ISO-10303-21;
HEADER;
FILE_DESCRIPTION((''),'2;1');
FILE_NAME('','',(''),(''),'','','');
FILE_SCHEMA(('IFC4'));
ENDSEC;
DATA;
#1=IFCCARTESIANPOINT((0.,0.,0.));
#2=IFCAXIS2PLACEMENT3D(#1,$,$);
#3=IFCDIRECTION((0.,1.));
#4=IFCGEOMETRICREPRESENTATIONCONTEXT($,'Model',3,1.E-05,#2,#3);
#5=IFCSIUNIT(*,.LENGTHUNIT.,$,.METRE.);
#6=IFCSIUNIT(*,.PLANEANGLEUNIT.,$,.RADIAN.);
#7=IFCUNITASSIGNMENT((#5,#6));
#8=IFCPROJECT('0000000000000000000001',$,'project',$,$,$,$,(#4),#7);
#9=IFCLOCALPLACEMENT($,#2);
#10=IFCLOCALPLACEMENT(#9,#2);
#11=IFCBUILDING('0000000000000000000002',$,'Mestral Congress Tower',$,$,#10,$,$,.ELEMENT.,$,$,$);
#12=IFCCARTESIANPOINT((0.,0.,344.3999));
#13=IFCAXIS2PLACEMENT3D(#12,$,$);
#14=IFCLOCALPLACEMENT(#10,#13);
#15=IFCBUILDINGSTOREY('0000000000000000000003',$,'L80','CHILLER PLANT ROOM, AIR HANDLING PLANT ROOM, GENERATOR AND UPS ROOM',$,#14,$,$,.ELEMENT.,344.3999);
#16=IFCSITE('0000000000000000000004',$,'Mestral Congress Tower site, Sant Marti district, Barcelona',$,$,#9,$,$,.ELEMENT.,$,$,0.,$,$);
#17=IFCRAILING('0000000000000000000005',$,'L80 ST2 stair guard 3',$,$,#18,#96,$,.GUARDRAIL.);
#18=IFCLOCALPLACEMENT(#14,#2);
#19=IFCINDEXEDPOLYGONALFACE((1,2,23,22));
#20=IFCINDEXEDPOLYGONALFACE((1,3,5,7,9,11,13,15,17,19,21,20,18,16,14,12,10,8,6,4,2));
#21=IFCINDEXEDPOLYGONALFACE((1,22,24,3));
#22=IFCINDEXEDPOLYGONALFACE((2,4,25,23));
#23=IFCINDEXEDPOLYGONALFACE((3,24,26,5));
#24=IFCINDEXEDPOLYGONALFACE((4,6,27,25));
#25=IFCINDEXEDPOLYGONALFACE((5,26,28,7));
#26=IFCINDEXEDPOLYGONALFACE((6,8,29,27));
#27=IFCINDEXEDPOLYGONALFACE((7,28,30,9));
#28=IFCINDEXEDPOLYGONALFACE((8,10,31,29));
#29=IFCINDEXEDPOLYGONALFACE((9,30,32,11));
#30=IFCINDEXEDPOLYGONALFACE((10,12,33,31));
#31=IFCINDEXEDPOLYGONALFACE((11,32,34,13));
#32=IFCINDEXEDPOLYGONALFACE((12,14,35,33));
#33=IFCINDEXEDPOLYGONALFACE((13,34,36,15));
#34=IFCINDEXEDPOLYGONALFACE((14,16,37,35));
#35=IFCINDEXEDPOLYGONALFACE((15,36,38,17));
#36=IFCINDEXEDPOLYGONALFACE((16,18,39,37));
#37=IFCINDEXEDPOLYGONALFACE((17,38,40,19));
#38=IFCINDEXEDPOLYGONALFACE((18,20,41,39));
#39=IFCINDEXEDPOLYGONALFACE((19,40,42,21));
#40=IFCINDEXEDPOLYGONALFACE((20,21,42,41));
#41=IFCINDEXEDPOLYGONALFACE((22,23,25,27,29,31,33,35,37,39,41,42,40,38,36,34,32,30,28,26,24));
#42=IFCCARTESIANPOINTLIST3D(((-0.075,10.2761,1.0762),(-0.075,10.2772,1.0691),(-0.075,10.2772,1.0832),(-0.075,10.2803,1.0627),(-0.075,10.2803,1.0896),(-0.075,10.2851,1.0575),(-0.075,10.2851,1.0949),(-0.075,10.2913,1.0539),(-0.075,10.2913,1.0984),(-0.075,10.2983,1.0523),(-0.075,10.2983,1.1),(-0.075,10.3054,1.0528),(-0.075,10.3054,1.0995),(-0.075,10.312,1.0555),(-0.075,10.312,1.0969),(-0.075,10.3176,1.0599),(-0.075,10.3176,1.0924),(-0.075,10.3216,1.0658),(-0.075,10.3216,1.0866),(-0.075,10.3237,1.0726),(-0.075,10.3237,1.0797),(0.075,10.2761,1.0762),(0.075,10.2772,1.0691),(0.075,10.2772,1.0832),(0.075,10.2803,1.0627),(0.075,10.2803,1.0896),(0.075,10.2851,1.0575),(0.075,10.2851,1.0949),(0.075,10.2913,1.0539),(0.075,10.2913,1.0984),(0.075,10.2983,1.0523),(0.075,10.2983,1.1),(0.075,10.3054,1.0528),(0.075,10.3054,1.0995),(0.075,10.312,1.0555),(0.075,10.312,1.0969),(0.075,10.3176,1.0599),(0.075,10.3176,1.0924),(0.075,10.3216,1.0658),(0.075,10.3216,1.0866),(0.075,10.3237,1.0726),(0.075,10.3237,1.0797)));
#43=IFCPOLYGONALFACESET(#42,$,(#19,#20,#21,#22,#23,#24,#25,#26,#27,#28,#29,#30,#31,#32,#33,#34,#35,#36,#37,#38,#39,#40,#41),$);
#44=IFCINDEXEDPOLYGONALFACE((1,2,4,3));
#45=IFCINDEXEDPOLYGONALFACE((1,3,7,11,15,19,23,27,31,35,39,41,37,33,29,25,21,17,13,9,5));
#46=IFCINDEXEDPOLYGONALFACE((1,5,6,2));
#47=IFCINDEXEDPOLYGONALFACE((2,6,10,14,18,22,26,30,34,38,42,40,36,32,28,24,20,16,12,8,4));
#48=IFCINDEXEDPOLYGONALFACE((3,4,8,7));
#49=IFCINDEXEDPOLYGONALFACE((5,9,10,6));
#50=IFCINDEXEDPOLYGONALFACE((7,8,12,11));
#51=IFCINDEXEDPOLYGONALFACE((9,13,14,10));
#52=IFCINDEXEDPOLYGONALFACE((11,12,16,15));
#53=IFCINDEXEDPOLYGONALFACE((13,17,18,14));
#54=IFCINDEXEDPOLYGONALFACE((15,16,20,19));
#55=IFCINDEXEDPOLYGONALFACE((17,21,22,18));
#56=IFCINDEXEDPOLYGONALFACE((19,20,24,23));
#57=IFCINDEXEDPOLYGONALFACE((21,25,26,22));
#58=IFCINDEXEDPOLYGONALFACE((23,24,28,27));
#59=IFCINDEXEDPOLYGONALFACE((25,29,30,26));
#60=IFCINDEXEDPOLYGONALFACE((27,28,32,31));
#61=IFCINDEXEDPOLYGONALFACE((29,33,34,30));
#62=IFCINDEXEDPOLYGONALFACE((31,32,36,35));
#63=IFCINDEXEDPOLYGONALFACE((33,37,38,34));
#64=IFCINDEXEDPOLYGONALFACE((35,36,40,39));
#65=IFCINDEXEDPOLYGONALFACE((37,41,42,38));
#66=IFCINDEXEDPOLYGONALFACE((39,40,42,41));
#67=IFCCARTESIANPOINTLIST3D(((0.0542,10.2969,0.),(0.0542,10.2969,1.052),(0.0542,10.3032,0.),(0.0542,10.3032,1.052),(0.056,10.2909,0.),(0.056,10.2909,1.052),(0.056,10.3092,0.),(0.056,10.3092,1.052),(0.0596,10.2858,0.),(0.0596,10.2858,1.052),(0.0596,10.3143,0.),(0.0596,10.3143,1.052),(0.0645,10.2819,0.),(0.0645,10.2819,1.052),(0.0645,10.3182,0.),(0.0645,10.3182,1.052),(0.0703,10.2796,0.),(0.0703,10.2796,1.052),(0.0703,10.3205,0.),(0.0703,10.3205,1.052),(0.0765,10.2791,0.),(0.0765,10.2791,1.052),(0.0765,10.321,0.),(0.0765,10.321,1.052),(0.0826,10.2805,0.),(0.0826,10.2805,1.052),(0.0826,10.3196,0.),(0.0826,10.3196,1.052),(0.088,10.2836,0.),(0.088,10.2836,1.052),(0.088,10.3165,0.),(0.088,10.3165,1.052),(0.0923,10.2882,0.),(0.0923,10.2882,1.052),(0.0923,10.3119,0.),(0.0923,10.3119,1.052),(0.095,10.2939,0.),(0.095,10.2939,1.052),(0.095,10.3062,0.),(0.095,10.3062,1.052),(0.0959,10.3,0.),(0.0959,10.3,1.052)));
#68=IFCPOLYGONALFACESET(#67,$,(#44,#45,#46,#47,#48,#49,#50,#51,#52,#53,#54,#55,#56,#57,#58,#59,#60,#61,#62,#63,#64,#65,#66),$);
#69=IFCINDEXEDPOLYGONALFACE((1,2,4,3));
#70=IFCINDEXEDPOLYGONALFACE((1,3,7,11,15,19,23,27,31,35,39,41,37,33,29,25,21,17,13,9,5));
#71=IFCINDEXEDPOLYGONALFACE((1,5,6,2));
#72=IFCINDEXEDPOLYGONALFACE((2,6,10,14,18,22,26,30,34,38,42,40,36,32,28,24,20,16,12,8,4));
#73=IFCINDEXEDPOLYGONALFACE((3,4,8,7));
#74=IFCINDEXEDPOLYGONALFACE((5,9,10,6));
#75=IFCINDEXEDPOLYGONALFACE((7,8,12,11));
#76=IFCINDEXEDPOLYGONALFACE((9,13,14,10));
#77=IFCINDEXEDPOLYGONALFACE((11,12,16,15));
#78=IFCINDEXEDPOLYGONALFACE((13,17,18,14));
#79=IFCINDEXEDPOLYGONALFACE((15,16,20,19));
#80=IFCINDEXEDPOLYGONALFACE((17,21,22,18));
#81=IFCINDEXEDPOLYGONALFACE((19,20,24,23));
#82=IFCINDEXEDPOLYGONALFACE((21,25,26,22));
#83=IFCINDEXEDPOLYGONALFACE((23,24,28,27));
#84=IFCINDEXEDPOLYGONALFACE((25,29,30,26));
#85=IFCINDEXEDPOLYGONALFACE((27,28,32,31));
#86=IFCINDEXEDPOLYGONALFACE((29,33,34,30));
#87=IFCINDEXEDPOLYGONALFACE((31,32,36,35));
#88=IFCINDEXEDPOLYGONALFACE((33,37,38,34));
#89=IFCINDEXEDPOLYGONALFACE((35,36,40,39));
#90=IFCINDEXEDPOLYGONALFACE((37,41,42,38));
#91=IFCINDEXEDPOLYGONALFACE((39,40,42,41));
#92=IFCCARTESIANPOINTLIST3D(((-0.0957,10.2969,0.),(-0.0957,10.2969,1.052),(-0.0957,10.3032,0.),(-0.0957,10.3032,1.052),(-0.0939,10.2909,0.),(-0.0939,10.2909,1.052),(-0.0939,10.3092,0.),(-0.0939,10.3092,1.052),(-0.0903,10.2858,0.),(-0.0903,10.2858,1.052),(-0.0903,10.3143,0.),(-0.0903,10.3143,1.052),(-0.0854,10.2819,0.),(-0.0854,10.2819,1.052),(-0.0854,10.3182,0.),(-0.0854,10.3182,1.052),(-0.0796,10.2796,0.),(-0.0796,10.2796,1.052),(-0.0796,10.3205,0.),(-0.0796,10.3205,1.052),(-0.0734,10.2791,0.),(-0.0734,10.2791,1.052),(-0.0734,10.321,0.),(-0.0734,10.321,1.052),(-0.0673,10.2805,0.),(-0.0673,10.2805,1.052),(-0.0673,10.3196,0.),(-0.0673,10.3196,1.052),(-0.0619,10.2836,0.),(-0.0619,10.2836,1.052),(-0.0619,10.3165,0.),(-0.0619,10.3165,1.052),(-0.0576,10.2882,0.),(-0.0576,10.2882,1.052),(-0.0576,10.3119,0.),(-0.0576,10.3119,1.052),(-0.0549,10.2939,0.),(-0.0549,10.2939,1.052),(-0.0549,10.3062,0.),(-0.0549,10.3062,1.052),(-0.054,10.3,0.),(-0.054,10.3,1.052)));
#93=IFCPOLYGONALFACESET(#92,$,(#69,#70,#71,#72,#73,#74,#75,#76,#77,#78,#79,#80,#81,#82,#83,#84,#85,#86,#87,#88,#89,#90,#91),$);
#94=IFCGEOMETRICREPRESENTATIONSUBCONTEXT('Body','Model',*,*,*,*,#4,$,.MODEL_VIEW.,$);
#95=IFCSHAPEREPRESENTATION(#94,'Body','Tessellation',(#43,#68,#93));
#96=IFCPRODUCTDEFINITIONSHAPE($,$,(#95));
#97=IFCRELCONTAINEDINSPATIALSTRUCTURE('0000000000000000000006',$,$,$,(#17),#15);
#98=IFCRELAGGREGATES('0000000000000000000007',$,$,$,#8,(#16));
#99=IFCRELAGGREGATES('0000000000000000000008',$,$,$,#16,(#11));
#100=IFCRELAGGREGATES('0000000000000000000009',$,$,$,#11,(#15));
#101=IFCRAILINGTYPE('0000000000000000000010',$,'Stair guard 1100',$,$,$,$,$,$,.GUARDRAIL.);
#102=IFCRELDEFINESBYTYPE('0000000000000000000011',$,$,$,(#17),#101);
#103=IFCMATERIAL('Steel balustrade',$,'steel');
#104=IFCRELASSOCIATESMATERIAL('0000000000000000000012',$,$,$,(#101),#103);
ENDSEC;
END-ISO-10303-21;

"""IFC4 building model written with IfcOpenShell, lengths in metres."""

from ifc_helpers import new_model, si_unit, direction, frame, origin, origin_2d, place, context, subcontext, project, spatial, circle, extrude, material, type_object, element, save


model = new_model("IFC4")

# Units and contexts
model_context = context("Model", 3, precision=1e-05, world=origin(), true_north=direction((0.0, 1.0)))
body_context = subcontext(model_context, "Body", "Model", "MODEL_VIEW")
ifc_project = project(units=[si_unit("LENGTHUNIT", "METRE"), si_unit("PLANEANGLEUNIT", "RADIAN")], contexts=[model_context])

# Site, building, storey
site_placement = place(None, origin())
site = spatial("IfcSite", under=ifc_project, at=site_placement, Name="Mestral Congress Tower site, Sant Marti district, Barcelona", CompositionType="ELEMENT", RefElevation=0.0)
building_placement = place(site_placement, origin())
building = spatial("IfcBuilding", under=site, at=building_placement, Name="Mestral Congress Tower", CompositionType="ELEMENT")
storey_placement = place(building_placement, frame((0.0, 0.0, 344.3999)))
storey = spatial("IfcBuildingStorey", under=building, at=storey_placement, Name="L80", Description="CHILLER PLANT ROOM, AIR HANDLING PLANT ROOM, GENERATOR AND UPS ROOM", CompositionType="ELEMENT", Elevation=344.3999)

# Railing
ifc_material_1 = material(Name="Steel balustrade", Category="steel")
railing_type_1 = type_object("IfcRailingType", Name="Stair guard 1100", PredefinedType="GUARDRAIL", material=ifc_material_1)
railing_1_placement = place(storey_placement, frame((0.075, 10.3, 0.0)))
element("IfcRailing", 1, at=railing_1_placement, inside=storey, type_object=railing_type_1, Name="L80 ST2 stair guard 3", PredefinedType="GUARDRAIL", context=body_context, shape_type="SweptSolid", body=[
    extrude(circle(Radius=0.0239, at=origin_2d()), frame((0.0, 0.0, 1.0762), z_axis=(-1.0, 0.0, 0.0), x_axis=(0.0, -1.0, 0.0)), (0.0, 0.0, 1.0), 0.1499),
    extrude(circle(Radius=0.021, at=origin_2d()), origin(), (0.0, 0.0, 1.0), 1.052),
    extrude(circle(Radius=0.021, at=origin_2d()), frame((-0.1499, 0.0, 0.0)), (0.0, 0.0, 1.0), 1.052),
])

save(model, "model.ifc")
